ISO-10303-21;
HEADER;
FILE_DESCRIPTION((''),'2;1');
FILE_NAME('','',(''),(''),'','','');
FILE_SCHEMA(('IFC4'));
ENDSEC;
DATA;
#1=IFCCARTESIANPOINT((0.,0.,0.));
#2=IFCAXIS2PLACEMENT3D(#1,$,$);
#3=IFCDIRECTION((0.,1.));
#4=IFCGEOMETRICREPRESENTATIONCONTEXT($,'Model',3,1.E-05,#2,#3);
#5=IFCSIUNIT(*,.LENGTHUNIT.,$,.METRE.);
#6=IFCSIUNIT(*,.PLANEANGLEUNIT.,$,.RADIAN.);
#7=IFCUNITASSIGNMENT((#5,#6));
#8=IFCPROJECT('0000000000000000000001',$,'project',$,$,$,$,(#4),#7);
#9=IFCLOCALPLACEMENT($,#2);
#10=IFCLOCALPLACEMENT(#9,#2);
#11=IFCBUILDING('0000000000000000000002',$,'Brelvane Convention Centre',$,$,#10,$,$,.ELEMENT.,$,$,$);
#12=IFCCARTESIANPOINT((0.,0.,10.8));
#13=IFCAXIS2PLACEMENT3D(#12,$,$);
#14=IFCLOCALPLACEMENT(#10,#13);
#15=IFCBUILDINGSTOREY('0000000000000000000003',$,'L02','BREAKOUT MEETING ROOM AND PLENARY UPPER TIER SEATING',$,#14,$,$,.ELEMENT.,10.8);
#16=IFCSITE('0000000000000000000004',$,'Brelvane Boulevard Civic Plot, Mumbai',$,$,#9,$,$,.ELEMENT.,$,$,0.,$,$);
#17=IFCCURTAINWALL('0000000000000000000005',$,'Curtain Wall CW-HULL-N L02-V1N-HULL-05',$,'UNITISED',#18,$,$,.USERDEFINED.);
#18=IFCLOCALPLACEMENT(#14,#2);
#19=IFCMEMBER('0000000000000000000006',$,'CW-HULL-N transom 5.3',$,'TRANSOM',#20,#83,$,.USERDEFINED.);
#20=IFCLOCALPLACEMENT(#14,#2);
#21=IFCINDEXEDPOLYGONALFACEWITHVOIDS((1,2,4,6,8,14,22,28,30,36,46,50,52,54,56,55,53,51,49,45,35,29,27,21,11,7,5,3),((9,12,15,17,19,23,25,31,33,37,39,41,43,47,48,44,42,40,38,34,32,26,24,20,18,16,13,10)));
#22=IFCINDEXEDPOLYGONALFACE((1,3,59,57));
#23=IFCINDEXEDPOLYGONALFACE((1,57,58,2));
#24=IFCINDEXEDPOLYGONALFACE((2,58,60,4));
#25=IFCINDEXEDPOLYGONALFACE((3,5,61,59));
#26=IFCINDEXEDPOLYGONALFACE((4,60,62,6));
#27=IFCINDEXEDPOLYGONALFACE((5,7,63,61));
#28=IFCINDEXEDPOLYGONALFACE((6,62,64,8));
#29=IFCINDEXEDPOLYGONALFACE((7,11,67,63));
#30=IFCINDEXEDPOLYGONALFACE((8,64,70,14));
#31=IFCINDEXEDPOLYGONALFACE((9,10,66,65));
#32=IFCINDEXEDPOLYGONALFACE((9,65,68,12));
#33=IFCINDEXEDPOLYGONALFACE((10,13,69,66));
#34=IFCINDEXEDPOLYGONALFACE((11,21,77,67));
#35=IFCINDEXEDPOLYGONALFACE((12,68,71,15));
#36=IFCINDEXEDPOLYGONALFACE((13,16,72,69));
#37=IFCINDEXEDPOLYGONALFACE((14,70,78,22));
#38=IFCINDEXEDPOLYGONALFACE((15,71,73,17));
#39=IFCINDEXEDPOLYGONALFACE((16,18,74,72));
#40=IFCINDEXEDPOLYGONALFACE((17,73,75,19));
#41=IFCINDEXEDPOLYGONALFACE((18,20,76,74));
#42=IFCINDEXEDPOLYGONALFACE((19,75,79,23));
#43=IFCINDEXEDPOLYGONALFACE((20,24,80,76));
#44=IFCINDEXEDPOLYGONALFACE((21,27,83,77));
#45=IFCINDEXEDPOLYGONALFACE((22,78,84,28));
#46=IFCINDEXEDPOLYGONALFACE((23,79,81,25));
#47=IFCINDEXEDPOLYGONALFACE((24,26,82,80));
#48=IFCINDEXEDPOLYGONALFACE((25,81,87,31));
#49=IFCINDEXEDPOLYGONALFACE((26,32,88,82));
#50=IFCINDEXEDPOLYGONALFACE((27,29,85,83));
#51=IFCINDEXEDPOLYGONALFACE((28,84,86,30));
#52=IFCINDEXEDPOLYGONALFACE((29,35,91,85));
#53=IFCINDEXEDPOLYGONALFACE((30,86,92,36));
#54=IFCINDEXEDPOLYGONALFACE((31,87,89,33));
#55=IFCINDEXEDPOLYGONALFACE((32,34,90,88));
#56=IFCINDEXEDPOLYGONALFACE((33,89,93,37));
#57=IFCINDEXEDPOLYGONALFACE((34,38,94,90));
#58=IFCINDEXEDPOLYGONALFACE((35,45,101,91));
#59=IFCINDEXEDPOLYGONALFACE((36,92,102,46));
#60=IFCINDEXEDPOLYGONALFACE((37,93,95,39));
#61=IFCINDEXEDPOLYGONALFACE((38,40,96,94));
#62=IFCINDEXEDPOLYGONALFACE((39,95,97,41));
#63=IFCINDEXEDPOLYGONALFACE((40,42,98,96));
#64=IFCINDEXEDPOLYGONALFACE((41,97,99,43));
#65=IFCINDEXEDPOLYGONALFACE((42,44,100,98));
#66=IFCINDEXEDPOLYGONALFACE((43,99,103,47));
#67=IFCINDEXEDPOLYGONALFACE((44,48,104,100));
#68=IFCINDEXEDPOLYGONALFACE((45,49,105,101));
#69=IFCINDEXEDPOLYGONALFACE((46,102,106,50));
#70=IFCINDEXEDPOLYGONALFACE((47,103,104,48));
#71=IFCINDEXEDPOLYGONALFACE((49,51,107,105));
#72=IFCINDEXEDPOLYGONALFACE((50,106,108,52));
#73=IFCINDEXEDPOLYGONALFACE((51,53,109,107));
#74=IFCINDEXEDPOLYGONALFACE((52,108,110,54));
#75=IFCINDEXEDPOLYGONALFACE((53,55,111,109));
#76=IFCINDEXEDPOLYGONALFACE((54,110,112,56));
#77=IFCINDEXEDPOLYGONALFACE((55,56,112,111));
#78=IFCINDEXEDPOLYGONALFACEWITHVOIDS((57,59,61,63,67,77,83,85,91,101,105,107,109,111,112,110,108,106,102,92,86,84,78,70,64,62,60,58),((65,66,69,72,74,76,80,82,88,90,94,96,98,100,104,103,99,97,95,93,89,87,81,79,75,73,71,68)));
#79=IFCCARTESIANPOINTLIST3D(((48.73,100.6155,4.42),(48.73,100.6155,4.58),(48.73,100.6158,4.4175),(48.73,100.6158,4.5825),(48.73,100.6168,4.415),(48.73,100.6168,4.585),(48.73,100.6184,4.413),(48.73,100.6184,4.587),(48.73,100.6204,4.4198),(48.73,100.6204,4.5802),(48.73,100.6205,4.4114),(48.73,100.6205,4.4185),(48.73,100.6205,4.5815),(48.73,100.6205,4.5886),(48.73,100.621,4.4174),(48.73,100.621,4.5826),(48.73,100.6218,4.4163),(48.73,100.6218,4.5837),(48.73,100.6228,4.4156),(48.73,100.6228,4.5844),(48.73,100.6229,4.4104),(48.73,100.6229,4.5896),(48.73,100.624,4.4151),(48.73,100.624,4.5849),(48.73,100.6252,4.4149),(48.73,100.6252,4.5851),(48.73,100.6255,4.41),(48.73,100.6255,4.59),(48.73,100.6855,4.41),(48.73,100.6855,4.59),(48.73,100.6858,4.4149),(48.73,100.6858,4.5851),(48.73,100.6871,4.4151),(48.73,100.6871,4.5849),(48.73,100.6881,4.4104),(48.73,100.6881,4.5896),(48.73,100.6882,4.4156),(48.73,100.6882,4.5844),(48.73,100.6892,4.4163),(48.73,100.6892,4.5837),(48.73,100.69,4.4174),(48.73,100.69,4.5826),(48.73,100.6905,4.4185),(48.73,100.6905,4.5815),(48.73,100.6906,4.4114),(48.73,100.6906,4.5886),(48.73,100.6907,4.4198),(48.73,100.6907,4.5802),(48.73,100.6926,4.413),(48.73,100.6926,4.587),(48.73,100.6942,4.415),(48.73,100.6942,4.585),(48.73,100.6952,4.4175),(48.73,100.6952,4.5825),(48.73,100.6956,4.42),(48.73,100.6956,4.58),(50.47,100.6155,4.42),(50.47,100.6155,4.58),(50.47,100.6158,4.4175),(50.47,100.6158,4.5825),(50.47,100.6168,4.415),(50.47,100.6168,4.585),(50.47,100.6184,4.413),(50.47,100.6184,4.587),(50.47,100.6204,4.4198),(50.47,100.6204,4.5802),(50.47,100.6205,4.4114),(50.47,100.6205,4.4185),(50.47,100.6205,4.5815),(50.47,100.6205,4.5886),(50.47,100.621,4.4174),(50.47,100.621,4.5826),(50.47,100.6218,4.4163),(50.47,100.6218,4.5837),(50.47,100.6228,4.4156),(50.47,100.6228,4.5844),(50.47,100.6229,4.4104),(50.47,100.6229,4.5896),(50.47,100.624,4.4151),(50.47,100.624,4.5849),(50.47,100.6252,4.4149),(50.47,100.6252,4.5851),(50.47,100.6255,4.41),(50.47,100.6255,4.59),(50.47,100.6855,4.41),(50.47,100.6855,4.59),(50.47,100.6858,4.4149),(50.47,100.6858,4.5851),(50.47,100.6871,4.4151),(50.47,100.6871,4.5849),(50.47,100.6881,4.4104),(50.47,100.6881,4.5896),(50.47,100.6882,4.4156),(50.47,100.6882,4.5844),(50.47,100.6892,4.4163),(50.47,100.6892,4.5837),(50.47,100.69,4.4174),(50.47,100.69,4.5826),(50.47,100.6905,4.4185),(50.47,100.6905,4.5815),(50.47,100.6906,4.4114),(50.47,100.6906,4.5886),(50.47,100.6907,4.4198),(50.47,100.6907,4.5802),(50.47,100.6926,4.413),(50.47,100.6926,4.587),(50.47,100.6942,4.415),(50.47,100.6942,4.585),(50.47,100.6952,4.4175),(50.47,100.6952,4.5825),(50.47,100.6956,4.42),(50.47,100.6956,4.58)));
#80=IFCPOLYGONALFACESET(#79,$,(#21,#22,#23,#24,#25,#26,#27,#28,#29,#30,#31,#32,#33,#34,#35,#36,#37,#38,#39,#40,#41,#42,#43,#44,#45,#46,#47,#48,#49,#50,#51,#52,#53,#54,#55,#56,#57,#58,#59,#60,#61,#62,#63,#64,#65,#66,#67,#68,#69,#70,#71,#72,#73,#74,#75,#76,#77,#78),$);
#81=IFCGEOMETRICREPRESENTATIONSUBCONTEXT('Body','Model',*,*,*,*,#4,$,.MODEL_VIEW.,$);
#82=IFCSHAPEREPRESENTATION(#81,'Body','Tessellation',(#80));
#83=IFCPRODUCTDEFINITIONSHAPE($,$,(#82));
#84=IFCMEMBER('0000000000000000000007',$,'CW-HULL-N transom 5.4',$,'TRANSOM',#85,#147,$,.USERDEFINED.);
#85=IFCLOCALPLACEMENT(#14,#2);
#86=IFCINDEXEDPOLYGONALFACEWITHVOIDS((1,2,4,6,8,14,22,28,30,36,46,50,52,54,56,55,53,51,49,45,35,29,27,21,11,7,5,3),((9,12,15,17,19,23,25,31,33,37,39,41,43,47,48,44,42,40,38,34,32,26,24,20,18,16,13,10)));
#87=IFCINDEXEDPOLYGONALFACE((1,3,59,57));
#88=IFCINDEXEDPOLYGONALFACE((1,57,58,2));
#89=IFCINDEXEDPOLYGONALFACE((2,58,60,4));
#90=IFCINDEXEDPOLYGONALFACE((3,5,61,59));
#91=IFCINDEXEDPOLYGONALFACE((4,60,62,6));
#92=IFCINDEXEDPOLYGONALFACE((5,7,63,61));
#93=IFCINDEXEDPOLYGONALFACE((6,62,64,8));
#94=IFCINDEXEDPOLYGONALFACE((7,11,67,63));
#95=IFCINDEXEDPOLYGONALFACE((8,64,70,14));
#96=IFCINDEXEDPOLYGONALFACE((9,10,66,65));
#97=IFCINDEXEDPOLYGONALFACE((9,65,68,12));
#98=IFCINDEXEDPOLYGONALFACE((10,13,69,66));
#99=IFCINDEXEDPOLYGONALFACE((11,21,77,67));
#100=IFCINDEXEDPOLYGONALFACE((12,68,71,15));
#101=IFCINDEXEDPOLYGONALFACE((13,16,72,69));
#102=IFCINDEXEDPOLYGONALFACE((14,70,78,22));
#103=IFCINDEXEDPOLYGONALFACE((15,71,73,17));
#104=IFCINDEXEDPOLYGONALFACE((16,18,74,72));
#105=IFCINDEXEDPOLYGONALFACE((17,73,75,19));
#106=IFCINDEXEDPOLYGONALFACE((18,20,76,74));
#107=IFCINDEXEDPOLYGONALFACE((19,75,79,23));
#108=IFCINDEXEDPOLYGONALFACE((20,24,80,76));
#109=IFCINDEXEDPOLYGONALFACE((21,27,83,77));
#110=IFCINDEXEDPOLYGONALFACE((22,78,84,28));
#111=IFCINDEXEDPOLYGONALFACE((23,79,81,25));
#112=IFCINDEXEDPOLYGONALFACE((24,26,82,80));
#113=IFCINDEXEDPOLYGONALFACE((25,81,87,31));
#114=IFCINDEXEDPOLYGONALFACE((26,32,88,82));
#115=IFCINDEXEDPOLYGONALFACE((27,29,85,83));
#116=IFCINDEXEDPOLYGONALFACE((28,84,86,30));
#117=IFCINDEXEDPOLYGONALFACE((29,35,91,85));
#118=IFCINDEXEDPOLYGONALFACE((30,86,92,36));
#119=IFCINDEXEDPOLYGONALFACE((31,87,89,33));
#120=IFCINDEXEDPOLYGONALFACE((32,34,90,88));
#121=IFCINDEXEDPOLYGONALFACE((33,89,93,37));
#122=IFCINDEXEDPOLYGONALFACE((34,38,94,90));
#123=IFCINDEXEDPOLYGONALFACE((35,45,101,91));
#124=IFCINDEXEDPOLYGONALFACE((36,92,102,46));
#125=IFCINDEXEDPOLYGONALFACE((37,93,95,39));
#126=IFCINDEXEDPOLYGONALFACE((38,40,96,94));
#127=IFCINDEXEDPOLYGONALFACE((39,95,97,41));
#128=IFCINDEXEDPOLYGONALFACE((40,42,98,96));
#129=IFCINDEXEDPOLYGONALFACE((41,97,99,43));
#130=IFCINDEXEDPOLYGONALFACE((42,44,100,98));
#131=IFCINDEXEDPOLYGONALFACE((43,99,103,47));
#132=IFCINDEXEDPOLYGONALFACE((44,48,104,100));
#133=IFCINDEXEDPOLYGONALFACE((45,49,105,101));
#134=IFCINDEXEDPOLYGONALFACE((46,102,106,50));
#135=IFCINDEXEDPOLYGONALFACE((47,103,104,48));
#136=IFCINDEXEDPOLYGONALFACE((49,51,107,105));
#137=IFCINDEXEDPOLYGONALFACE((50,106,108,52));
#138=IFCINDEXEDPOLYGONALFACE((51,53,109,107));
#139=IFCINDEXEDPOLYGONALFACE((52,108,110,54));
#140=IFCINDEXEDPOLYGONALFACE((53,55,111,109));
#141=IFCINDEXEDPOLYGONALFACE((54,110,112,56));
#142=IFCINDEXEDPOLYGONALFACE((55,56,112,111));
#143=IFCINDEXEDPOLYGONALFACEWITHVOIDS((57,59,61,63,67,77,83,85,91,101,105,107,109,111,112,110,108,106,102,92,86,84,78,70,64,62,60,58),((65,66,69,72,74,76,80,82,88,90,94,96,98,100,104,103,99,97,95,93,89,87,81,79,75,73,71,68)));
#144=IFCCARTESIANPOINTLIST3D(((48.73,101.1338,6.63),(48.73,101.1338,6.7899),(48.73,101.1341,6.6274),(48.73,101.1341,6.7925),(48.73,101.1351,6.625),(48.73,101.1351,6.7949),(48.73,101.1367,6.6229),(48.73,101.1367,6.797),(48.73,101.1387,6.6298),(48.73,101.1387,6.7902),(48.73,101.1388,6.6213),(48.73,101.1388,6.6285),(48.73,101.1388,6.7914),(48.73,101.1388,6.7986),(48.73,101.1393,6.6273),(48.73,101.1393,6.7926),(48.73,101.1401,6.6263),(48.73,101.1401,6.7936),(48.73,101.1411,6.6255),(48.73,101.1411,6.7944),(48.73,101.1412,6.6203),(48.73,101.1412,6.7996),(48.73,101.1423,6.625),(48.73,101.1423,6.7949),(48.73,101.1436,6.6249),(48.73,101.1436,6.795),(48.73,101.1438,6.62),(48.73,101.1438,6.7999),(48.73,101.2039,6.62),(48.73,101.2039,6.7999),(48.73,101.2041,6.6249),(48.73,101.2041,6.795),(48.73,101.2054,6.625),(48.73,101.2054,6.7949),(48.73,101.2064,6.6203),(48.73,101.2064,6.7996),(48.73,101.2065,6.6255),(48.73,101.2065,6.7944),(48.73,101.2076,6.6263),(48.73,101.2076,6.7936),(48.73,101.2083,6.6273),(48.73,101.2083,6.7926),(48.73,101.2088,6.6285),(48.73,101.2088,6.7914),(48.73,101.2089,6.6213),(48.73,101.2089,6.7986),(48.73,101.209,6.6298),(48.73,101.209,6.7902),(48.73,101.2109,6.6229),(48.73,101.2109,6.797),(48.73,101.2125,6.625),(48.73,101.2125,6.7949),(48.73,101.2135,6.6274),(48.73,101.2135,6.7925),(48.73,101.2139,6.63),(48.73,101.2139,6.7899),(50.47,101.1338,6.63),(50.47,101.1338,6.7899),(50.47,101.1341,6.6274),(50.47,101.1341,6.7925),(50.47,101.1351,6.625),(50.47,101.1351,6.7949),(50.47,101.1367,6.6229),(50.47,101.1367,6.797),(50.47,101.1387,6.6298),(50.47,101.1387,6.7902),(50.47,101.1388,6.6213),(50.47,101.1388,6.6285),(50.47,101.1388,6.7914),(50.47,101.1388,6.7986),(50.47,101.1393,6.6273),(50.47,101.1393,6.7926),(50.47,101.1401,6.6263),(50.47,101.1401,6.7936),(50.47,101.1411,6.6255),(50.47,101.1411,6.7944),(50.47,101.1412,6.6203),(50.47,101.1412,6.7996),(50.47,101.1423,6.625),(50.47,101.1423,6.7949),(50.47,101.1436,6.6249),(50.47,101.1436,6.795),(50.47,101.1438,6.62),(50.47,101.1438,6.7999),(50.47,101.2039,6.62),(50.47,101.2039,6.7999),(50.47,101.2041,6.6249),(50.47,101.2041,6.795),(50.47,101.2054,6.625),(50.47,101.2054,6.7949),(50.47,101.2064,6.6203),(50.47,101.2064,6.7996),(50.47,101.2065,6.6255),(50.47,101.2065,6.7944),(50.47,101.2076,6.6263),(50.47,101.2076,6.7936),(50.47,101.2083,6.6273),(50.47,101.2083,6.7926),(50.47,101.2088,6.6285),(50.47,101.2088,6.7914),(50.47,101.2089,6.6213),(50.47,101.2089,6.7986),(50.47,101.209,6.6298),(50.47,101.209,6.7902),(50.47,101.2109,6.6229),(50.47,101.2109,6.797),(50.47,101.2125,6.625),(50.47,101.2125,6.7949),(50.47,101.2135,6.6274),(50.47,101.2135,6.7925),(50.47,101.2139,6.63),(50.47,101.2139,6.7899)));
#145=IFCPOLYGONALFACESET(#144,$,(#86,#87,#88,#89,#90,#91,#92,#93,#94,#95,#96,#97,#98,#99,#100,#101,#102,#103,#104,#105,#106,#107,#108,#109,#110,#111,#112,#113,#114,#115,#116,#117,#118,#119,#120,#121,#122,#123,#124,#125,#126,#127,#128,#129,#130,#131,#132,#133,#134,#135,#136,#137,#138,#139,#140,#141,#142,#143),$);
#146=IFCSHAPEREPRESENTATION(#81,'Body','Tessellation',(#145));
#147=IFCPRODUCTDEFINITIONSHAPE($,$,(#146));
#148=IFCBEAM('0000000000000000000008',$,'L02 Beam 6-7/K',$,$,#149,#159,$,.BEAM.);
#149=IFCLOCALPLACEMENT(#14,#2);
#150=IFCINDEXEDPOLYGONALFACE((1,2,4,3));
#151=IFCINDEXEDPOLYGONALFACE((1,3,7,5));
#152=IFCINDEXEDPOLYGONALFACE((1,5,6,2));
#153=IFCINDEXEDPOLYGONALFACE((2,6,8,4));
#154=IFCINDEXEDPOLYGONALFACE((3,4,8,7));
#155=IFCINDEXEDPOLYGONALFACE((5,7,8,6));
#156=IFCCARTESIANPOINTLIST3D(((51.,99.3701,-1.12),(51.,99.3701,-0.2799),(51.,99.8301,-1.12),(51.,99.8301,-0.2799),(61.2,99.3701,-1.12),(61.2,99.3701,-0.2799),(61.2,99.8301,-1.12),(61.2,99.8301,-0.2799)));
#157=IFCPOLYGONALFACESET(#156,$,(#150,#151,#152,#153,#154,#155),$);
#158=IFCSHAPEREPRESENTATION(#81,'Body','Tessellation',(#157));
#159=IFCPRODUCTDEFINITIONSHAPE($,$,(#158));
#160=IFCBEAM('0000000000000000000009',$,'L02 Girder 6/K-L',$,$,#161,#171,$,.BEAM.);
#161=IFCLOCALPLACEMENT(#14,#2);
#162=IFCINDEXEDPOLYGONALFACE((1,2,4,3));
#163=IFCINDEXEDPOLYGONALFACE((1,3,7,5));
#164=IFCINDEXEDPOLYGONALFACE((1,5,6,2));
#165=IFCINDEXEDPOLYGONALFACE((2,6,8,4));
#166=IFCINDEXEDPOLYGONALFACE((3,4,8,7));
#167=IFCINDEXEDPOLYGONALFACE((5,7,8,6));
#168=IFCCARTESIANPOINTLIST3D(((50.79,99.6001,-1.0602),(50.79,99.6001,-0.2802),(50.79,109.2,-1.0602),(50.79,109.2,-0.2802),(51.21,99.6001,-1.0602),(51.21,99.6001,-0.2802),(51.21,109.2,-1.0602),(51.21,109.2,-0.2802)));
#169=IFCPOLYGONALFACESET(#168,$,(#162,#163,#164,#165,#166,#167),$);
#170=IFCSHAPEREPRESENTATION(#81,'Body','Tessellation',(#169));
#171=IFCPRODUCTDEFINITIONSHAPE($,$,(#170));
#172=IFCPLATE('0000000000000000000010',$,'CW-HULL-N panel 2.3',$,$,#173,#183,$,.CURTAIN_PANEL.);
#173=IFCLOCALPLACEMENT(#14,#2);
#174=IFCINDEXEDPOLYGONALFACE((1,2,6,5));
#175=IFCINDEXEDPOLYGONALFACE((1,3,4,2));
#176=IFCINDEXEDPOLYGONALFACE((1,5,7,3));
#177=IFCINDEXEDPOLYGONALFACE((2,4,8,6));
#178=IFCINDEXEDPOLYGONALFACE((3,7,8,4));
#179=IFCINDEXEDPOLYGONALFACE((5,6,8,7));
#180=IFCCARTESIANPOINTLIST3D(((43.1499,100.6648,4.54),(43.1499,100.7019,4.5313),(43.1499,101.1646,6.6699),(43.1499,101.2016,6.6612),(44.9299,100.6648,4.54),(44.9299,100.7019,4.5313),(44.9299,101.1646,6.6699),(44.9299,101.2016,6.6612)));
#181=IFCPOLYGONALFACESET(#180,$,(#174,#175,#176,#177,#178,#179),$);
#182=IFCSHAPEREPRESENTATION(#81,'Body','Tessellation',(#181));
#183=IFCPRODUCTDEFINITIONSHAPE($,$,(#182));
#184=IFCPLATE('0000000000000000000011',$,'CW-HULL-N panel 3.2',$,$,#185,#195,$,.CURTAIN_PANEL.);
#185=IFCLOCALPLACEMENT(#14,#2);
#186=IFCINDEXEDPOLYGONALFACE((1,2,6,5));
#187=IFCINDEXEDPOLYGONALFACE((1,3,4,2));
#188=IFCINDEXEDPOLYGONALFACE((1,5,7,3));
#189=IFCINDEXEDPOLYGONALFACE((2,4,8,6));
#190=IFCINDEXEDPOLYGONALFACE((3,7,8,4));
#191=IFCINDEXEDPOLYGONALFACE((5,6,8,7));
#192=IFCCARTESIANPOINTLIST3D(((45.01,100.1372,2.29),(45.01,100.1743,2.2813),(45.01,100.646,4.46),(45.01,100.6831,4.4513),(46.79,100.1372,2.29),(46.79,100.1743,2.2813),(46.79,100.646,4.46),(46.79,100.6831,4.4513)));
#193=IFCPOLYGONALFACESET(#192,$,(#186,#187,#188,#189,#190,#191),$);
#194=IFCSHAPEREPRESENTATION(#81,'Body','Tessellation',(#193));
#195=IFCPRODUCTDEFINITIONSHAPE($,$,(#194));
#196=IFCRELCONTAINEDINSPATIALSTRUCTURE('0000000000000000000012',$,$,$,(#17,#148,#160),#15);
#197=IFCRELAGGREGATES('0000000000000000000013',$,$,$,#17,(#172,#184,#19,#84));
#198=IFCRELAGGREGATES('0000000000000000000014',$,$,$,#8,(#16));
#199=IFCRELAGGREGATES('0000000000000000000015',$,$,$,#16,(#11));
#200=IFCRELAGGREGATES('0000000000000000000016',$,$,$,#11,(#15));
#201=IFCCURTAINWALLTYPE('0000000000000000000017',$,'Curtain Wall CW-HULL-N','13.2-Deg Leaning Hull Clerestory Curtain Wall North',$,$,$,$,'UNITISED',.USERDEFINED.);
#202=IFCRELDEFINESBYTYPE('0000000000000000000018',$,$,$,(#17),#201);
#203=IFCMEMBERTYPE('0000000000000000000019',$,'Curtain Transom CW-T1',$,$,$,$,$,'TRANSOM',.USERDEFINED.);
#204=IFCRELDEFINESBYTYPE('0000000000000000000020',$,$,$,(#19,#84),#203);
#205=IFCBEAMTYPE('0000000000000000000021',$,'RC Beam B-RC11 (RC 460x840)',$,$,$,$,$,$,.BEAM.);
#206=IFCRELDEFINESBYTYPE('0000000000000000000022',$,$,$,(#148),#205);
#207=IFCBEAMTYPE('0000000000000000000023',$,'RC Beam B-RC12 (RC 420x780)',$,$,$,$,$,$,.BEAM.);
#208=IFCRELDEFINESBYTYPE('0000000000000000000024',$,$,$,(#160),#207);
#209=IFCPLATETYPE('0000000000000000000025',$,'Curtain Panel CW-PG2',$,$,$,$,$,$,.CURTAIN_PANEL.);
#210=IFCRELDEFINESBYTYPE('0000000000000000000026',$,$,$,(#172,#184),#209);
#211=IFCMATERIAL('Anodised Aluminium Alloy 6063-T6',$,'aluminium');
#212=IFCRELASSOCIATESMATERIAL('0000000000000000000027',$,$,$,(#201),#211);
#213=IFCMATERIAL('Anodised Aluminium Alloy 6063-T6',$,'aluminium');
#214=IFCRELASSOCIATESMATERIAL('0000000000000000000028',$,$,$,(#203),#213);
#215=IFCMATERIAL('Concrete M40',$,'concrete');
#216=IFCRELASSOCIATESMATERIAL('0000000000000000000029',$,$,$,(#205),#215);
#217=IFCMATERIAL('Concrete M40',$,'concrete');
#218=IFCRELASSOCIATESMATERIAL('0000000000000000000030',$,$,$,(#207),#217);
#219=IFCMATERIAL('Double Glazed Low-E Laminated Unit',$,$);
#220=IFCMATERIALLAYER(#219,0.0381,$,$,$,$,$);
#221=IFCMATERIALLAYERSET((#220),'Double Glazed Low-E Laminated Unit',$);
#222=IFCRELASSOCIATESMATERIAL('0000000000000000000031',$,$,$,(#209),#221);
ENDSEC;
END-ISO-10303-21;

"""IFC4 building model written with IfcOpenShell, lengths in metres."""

from ifc_helpers import new_model, si_unit, direction, frame, origin, origin_2d, place, context, subcontext, project, spatial, polyline, rectangle, hollow_rectangle, outline, extrude, material, layer, layer_set, material_profile, profile_set, type_object, element, aggregate, save


model = new_model("IFC4")

# Units and contexts
model_context = context("Model", 3, precision=1e-05, world=origin(), true_north=direction((0.0, 1.0)))
body_context = subcontext(model_context, "Body", "Model", "MODEL_VIEW")
ifc_project = project(units=[si_unit("LENGTHUNIT", "METRE"), si_unit("PLANEANGLEUNIT", "RADIAN")], contexts=[model_context])

# Site, building, storey
site_placement = place(None, origin())
site = spatial("IfcSite", under=ifc_project, at=site_placement, Name="Brelvane Boulevard Civic Plot, Mumbai", CompositionType="ELEMENT", RefElevation=0.0)
building_placement = place(site_placement, origin())
building = spatial("IfcBuilding", under=site, at=building_placement, Name="Brelvane Convention Centre", CompositionType="ELEMENT")
storey_placement = place(building_placement, frame((0.0, 0.0, 10.8)))
storey = spatial("IfcBuildingStorey", under=building, at=storey_placement, Name="L02", Description="BREAKOUT MEETING ROOM AND PLENARY UPPER TIER SEATING", CompositionType="ELEMENT", Elevation=10.8)

# Curtain wall, members
ifc_material_1 = material(Name="Anodised Aluminium Alloy 6063-T6", Category="aluminium")
curtain_wall_type = type_object("IfcCurtainWallType", Name="Curtain Wall CW-HULL-N", Description="13.2-Deg Leaning Hull Clerestory Curtain Wall North", ElementType="UNITISED", PredefinedType="USERDEFINED", material=ifc_material_1)
curtain_wall_placement = place(storey_placement, origin())
curtain_wall = element("IfcCurtainWall", 1, at=curtain_wall_placement, inside=storey, type_object=curtain_wall_type, Name="Curtain Wall CW-HULL-N L02-V1N-HULL-05", ObjectType="UNITISED", PredefinedType="USERDEFINED")
ifc_material_2 = material(Name="Anodised Aluminium Alloy 6063-T6", Category="aluminium")
ifc_material_profile_1 = material_profile(ifc_material_2, hollow_rectangle(XDim=0.0801, YDim=0.1799, WallThickness=0.0049, InnerFilletRadius=0.0049, OuterFilletRadius=0.01, at=origin_2d()), Name="ALU-T 180x80x5.0")
ifc_profile_set_1 = profile_set([ifc_material_profile_1], Name="Anodised Aluminium Alloy 6063-T6")
member_type_1 = type_object("IfcMemberType", Name="Curtain Transom CW-T1", ElementType="TRANSOM", PredefinedType="USERDEFINED", material=ifc_profile_set_1)
member_1_placement = place(storey_placement, frame((48.73, 100.6555, 4.5), z_axis=(1.0, 0.0, 0.0), x_axis=(0.0, 1.0, 0.0)))
member_1 = element("IfcMember", 2, at=member_1_placement, type_object=member_type_1, Name="CW-HULL-N transom 5.3", ObjectType="TRANSOM", PredefinedType="USERDEFINED", context=body_context, shape_type="SweptSolid", body=[
    extrude(hollow_rectangle(XDim=0.0801, YDim=0.1799, WallThickness=0.0049, InnerFilletRadius=0.0049, OuterFilletRadius=0.01, at=origin_2d()), origin(), (0.0, 0.0, 1.0), 1.74),
])
member_2_placement = place(storey_placement, frame((48.73, 101.1738, 6.71), z_axis=(1.0, 0.0, 0.0), x_axis=(0.0, 1.0, 0.0)))
member_2 = element("IfcMember", 3, at=member_2_placement, type_object=member_type_1, Name="CW-HULL-N transom 5.4", ObjectType="TRANSOM", PredefinedType="USERDEFINED", context=body_context, shape_type="SweptSolid", body=[
    extrude(hollow_rectangle(XDim=0.0801, YDim=0.1799, WallThickness=0.0049, InnerFilletRadius=0.0049, OuterFilletRadius=0.01, at=origin_2d()), origin(), (0.0, 0.0, 1.0), 1.74),
])

# Beams
ifc_material_3 = material(Name="Concrete M40", Category="concrete")
ifc_material_profile_2 = material_profile(ifc_material_3, rectangle(XDim=0.46, YDim=0.8401, at=origin_2d()), Name="RC 460x840")
ifc_profile_set_2 = profile_set([ifc_material_profile_2], Name="Concrete M40")
beam_type_1 = type_object("IfcBeamType", Name="RC Beam B-RC11 (RC 460x840)", PredefinedType="BEAM", material=ifc_profile_set_2)
beam_1_placement = place(storey_placement, frame((51.0, 99.6001, -0.7), z_axis=(1.0, 0.0, 0.0), x_axis=(0.0, 1.0, 0.0)))
element("IfcBeam", 4, at=beam_1_placement, inside=storey, type_object=beam_type_1, Name="L02 Beam 6-7/K", PredefinedType="BEAM", context=body_context, shape_type="SweptSolid", body=[
    extrude(rectangle(XDim=0.46, YDim=0.8401, at=origin_2d()), origin(), (0.0, 0.0, 1.0), 10.2),
])
ifc_material_4 = material(Name="Concrete M40", Category="concrete")
ifc_material_profile_3 = material_profile(ifc_material_4, rectangle(XDim=0.4199, YDim=0.78, at=origin_2d()), Name="RC 420x780")
ifc_profile_set_3 = profile_set([ifc_material_profile_3], Name="Concrete M40")
beam_type_2 = type_object("IfcBeamType", Name="RC Beam B-RC12 (RC 420x780)", PredefinedType="BEAM", material=ifc_profile_set_3)
beam_2_placement = place(storey_placement, frame((51.0, 99.6001, -0.6702), z_axis=(0.0, 1.0, 0.0), x_axis=(-1.0, 0.0, 0.0)))
element("IfcBeam", 5, at=beam_2_placement, inside=storey, type_object=beam_type_2, Name="L02 Girder 6/K-L", PredefinedType="BEAM", context=body_context, shape_type="SweptSolid", body=[
    extrude(rectangle(XDim=0.4199, YDim=0.78, at=origin_2d()), origin(), (0.0, 0.0, 1.0), 9.5999),
])

# Plates
ifc_material_5 = material(Name="Double Glazed Low-E Laminated Unit")
ifc_layer_1 = layer(ifc_material_5, 0.0381)
ifc_layer_set_1 = layer_set([ifc_layer_1], Name="Double Glazed Low-E Laminated Unit")
plate_type_1 = type_object("IfcPlateType", Name="Curtain Panel CW-PG2", PredefinedType="CURTAIN_PANEL", material=ifc_layer_set_1)
plate_1_placement = place(storey_placement, frame((43.1499, 100.6648, 4.54), z_axis=(0.0, -0.973559, 0.228436), x_axis=(1.0, 0.0, 0.0)))
plate_1 = element("IfcPlate", 6, at=plate_1_placement, type_object=plate_type_1, Name="CW-HULL-N panel 2.3", PredefinedType="CURTAIN_PANEL", context=body_context, shape_type="SweptSolid", body=[
    extrude(outline(polyline([(0.0, 0.0), (1.78, 0.0), (1.78, 2.1877), (0.0, 2.1877), (0.0, 0.0)])), origin(), (0.0, 0.0, -1.0), 0.0381),
])
plate_2_placement = place(storey_placement, frame((45.01, 100.1372, 2.29), z_axis=(0.0, -0.973595, 0.228282), x_axis=(1.0, 0.0, 0.0)))
plate_2 = element("IfcPlate", 7, at=plate_2_placement, type_object=plate_type_1, Name="CW-HULL-N panel 3.2", PredefinedType="CURTAIN_PANEL", context=body_context, shape_type="SweptSolid", body=[
    extrude(outline(polyline([(0.0, 0.0), (1.78, 0.0), (1.78, 2.2288), (0.0, 2.2288), (0.0, 0.0)])), origin(), (0.0, 0.0, -1.0), 0.0381),
])
aggregate(curtain_wall, [plate_1, plate_2, member_1, member_2])

save(model, "model.ifc")
